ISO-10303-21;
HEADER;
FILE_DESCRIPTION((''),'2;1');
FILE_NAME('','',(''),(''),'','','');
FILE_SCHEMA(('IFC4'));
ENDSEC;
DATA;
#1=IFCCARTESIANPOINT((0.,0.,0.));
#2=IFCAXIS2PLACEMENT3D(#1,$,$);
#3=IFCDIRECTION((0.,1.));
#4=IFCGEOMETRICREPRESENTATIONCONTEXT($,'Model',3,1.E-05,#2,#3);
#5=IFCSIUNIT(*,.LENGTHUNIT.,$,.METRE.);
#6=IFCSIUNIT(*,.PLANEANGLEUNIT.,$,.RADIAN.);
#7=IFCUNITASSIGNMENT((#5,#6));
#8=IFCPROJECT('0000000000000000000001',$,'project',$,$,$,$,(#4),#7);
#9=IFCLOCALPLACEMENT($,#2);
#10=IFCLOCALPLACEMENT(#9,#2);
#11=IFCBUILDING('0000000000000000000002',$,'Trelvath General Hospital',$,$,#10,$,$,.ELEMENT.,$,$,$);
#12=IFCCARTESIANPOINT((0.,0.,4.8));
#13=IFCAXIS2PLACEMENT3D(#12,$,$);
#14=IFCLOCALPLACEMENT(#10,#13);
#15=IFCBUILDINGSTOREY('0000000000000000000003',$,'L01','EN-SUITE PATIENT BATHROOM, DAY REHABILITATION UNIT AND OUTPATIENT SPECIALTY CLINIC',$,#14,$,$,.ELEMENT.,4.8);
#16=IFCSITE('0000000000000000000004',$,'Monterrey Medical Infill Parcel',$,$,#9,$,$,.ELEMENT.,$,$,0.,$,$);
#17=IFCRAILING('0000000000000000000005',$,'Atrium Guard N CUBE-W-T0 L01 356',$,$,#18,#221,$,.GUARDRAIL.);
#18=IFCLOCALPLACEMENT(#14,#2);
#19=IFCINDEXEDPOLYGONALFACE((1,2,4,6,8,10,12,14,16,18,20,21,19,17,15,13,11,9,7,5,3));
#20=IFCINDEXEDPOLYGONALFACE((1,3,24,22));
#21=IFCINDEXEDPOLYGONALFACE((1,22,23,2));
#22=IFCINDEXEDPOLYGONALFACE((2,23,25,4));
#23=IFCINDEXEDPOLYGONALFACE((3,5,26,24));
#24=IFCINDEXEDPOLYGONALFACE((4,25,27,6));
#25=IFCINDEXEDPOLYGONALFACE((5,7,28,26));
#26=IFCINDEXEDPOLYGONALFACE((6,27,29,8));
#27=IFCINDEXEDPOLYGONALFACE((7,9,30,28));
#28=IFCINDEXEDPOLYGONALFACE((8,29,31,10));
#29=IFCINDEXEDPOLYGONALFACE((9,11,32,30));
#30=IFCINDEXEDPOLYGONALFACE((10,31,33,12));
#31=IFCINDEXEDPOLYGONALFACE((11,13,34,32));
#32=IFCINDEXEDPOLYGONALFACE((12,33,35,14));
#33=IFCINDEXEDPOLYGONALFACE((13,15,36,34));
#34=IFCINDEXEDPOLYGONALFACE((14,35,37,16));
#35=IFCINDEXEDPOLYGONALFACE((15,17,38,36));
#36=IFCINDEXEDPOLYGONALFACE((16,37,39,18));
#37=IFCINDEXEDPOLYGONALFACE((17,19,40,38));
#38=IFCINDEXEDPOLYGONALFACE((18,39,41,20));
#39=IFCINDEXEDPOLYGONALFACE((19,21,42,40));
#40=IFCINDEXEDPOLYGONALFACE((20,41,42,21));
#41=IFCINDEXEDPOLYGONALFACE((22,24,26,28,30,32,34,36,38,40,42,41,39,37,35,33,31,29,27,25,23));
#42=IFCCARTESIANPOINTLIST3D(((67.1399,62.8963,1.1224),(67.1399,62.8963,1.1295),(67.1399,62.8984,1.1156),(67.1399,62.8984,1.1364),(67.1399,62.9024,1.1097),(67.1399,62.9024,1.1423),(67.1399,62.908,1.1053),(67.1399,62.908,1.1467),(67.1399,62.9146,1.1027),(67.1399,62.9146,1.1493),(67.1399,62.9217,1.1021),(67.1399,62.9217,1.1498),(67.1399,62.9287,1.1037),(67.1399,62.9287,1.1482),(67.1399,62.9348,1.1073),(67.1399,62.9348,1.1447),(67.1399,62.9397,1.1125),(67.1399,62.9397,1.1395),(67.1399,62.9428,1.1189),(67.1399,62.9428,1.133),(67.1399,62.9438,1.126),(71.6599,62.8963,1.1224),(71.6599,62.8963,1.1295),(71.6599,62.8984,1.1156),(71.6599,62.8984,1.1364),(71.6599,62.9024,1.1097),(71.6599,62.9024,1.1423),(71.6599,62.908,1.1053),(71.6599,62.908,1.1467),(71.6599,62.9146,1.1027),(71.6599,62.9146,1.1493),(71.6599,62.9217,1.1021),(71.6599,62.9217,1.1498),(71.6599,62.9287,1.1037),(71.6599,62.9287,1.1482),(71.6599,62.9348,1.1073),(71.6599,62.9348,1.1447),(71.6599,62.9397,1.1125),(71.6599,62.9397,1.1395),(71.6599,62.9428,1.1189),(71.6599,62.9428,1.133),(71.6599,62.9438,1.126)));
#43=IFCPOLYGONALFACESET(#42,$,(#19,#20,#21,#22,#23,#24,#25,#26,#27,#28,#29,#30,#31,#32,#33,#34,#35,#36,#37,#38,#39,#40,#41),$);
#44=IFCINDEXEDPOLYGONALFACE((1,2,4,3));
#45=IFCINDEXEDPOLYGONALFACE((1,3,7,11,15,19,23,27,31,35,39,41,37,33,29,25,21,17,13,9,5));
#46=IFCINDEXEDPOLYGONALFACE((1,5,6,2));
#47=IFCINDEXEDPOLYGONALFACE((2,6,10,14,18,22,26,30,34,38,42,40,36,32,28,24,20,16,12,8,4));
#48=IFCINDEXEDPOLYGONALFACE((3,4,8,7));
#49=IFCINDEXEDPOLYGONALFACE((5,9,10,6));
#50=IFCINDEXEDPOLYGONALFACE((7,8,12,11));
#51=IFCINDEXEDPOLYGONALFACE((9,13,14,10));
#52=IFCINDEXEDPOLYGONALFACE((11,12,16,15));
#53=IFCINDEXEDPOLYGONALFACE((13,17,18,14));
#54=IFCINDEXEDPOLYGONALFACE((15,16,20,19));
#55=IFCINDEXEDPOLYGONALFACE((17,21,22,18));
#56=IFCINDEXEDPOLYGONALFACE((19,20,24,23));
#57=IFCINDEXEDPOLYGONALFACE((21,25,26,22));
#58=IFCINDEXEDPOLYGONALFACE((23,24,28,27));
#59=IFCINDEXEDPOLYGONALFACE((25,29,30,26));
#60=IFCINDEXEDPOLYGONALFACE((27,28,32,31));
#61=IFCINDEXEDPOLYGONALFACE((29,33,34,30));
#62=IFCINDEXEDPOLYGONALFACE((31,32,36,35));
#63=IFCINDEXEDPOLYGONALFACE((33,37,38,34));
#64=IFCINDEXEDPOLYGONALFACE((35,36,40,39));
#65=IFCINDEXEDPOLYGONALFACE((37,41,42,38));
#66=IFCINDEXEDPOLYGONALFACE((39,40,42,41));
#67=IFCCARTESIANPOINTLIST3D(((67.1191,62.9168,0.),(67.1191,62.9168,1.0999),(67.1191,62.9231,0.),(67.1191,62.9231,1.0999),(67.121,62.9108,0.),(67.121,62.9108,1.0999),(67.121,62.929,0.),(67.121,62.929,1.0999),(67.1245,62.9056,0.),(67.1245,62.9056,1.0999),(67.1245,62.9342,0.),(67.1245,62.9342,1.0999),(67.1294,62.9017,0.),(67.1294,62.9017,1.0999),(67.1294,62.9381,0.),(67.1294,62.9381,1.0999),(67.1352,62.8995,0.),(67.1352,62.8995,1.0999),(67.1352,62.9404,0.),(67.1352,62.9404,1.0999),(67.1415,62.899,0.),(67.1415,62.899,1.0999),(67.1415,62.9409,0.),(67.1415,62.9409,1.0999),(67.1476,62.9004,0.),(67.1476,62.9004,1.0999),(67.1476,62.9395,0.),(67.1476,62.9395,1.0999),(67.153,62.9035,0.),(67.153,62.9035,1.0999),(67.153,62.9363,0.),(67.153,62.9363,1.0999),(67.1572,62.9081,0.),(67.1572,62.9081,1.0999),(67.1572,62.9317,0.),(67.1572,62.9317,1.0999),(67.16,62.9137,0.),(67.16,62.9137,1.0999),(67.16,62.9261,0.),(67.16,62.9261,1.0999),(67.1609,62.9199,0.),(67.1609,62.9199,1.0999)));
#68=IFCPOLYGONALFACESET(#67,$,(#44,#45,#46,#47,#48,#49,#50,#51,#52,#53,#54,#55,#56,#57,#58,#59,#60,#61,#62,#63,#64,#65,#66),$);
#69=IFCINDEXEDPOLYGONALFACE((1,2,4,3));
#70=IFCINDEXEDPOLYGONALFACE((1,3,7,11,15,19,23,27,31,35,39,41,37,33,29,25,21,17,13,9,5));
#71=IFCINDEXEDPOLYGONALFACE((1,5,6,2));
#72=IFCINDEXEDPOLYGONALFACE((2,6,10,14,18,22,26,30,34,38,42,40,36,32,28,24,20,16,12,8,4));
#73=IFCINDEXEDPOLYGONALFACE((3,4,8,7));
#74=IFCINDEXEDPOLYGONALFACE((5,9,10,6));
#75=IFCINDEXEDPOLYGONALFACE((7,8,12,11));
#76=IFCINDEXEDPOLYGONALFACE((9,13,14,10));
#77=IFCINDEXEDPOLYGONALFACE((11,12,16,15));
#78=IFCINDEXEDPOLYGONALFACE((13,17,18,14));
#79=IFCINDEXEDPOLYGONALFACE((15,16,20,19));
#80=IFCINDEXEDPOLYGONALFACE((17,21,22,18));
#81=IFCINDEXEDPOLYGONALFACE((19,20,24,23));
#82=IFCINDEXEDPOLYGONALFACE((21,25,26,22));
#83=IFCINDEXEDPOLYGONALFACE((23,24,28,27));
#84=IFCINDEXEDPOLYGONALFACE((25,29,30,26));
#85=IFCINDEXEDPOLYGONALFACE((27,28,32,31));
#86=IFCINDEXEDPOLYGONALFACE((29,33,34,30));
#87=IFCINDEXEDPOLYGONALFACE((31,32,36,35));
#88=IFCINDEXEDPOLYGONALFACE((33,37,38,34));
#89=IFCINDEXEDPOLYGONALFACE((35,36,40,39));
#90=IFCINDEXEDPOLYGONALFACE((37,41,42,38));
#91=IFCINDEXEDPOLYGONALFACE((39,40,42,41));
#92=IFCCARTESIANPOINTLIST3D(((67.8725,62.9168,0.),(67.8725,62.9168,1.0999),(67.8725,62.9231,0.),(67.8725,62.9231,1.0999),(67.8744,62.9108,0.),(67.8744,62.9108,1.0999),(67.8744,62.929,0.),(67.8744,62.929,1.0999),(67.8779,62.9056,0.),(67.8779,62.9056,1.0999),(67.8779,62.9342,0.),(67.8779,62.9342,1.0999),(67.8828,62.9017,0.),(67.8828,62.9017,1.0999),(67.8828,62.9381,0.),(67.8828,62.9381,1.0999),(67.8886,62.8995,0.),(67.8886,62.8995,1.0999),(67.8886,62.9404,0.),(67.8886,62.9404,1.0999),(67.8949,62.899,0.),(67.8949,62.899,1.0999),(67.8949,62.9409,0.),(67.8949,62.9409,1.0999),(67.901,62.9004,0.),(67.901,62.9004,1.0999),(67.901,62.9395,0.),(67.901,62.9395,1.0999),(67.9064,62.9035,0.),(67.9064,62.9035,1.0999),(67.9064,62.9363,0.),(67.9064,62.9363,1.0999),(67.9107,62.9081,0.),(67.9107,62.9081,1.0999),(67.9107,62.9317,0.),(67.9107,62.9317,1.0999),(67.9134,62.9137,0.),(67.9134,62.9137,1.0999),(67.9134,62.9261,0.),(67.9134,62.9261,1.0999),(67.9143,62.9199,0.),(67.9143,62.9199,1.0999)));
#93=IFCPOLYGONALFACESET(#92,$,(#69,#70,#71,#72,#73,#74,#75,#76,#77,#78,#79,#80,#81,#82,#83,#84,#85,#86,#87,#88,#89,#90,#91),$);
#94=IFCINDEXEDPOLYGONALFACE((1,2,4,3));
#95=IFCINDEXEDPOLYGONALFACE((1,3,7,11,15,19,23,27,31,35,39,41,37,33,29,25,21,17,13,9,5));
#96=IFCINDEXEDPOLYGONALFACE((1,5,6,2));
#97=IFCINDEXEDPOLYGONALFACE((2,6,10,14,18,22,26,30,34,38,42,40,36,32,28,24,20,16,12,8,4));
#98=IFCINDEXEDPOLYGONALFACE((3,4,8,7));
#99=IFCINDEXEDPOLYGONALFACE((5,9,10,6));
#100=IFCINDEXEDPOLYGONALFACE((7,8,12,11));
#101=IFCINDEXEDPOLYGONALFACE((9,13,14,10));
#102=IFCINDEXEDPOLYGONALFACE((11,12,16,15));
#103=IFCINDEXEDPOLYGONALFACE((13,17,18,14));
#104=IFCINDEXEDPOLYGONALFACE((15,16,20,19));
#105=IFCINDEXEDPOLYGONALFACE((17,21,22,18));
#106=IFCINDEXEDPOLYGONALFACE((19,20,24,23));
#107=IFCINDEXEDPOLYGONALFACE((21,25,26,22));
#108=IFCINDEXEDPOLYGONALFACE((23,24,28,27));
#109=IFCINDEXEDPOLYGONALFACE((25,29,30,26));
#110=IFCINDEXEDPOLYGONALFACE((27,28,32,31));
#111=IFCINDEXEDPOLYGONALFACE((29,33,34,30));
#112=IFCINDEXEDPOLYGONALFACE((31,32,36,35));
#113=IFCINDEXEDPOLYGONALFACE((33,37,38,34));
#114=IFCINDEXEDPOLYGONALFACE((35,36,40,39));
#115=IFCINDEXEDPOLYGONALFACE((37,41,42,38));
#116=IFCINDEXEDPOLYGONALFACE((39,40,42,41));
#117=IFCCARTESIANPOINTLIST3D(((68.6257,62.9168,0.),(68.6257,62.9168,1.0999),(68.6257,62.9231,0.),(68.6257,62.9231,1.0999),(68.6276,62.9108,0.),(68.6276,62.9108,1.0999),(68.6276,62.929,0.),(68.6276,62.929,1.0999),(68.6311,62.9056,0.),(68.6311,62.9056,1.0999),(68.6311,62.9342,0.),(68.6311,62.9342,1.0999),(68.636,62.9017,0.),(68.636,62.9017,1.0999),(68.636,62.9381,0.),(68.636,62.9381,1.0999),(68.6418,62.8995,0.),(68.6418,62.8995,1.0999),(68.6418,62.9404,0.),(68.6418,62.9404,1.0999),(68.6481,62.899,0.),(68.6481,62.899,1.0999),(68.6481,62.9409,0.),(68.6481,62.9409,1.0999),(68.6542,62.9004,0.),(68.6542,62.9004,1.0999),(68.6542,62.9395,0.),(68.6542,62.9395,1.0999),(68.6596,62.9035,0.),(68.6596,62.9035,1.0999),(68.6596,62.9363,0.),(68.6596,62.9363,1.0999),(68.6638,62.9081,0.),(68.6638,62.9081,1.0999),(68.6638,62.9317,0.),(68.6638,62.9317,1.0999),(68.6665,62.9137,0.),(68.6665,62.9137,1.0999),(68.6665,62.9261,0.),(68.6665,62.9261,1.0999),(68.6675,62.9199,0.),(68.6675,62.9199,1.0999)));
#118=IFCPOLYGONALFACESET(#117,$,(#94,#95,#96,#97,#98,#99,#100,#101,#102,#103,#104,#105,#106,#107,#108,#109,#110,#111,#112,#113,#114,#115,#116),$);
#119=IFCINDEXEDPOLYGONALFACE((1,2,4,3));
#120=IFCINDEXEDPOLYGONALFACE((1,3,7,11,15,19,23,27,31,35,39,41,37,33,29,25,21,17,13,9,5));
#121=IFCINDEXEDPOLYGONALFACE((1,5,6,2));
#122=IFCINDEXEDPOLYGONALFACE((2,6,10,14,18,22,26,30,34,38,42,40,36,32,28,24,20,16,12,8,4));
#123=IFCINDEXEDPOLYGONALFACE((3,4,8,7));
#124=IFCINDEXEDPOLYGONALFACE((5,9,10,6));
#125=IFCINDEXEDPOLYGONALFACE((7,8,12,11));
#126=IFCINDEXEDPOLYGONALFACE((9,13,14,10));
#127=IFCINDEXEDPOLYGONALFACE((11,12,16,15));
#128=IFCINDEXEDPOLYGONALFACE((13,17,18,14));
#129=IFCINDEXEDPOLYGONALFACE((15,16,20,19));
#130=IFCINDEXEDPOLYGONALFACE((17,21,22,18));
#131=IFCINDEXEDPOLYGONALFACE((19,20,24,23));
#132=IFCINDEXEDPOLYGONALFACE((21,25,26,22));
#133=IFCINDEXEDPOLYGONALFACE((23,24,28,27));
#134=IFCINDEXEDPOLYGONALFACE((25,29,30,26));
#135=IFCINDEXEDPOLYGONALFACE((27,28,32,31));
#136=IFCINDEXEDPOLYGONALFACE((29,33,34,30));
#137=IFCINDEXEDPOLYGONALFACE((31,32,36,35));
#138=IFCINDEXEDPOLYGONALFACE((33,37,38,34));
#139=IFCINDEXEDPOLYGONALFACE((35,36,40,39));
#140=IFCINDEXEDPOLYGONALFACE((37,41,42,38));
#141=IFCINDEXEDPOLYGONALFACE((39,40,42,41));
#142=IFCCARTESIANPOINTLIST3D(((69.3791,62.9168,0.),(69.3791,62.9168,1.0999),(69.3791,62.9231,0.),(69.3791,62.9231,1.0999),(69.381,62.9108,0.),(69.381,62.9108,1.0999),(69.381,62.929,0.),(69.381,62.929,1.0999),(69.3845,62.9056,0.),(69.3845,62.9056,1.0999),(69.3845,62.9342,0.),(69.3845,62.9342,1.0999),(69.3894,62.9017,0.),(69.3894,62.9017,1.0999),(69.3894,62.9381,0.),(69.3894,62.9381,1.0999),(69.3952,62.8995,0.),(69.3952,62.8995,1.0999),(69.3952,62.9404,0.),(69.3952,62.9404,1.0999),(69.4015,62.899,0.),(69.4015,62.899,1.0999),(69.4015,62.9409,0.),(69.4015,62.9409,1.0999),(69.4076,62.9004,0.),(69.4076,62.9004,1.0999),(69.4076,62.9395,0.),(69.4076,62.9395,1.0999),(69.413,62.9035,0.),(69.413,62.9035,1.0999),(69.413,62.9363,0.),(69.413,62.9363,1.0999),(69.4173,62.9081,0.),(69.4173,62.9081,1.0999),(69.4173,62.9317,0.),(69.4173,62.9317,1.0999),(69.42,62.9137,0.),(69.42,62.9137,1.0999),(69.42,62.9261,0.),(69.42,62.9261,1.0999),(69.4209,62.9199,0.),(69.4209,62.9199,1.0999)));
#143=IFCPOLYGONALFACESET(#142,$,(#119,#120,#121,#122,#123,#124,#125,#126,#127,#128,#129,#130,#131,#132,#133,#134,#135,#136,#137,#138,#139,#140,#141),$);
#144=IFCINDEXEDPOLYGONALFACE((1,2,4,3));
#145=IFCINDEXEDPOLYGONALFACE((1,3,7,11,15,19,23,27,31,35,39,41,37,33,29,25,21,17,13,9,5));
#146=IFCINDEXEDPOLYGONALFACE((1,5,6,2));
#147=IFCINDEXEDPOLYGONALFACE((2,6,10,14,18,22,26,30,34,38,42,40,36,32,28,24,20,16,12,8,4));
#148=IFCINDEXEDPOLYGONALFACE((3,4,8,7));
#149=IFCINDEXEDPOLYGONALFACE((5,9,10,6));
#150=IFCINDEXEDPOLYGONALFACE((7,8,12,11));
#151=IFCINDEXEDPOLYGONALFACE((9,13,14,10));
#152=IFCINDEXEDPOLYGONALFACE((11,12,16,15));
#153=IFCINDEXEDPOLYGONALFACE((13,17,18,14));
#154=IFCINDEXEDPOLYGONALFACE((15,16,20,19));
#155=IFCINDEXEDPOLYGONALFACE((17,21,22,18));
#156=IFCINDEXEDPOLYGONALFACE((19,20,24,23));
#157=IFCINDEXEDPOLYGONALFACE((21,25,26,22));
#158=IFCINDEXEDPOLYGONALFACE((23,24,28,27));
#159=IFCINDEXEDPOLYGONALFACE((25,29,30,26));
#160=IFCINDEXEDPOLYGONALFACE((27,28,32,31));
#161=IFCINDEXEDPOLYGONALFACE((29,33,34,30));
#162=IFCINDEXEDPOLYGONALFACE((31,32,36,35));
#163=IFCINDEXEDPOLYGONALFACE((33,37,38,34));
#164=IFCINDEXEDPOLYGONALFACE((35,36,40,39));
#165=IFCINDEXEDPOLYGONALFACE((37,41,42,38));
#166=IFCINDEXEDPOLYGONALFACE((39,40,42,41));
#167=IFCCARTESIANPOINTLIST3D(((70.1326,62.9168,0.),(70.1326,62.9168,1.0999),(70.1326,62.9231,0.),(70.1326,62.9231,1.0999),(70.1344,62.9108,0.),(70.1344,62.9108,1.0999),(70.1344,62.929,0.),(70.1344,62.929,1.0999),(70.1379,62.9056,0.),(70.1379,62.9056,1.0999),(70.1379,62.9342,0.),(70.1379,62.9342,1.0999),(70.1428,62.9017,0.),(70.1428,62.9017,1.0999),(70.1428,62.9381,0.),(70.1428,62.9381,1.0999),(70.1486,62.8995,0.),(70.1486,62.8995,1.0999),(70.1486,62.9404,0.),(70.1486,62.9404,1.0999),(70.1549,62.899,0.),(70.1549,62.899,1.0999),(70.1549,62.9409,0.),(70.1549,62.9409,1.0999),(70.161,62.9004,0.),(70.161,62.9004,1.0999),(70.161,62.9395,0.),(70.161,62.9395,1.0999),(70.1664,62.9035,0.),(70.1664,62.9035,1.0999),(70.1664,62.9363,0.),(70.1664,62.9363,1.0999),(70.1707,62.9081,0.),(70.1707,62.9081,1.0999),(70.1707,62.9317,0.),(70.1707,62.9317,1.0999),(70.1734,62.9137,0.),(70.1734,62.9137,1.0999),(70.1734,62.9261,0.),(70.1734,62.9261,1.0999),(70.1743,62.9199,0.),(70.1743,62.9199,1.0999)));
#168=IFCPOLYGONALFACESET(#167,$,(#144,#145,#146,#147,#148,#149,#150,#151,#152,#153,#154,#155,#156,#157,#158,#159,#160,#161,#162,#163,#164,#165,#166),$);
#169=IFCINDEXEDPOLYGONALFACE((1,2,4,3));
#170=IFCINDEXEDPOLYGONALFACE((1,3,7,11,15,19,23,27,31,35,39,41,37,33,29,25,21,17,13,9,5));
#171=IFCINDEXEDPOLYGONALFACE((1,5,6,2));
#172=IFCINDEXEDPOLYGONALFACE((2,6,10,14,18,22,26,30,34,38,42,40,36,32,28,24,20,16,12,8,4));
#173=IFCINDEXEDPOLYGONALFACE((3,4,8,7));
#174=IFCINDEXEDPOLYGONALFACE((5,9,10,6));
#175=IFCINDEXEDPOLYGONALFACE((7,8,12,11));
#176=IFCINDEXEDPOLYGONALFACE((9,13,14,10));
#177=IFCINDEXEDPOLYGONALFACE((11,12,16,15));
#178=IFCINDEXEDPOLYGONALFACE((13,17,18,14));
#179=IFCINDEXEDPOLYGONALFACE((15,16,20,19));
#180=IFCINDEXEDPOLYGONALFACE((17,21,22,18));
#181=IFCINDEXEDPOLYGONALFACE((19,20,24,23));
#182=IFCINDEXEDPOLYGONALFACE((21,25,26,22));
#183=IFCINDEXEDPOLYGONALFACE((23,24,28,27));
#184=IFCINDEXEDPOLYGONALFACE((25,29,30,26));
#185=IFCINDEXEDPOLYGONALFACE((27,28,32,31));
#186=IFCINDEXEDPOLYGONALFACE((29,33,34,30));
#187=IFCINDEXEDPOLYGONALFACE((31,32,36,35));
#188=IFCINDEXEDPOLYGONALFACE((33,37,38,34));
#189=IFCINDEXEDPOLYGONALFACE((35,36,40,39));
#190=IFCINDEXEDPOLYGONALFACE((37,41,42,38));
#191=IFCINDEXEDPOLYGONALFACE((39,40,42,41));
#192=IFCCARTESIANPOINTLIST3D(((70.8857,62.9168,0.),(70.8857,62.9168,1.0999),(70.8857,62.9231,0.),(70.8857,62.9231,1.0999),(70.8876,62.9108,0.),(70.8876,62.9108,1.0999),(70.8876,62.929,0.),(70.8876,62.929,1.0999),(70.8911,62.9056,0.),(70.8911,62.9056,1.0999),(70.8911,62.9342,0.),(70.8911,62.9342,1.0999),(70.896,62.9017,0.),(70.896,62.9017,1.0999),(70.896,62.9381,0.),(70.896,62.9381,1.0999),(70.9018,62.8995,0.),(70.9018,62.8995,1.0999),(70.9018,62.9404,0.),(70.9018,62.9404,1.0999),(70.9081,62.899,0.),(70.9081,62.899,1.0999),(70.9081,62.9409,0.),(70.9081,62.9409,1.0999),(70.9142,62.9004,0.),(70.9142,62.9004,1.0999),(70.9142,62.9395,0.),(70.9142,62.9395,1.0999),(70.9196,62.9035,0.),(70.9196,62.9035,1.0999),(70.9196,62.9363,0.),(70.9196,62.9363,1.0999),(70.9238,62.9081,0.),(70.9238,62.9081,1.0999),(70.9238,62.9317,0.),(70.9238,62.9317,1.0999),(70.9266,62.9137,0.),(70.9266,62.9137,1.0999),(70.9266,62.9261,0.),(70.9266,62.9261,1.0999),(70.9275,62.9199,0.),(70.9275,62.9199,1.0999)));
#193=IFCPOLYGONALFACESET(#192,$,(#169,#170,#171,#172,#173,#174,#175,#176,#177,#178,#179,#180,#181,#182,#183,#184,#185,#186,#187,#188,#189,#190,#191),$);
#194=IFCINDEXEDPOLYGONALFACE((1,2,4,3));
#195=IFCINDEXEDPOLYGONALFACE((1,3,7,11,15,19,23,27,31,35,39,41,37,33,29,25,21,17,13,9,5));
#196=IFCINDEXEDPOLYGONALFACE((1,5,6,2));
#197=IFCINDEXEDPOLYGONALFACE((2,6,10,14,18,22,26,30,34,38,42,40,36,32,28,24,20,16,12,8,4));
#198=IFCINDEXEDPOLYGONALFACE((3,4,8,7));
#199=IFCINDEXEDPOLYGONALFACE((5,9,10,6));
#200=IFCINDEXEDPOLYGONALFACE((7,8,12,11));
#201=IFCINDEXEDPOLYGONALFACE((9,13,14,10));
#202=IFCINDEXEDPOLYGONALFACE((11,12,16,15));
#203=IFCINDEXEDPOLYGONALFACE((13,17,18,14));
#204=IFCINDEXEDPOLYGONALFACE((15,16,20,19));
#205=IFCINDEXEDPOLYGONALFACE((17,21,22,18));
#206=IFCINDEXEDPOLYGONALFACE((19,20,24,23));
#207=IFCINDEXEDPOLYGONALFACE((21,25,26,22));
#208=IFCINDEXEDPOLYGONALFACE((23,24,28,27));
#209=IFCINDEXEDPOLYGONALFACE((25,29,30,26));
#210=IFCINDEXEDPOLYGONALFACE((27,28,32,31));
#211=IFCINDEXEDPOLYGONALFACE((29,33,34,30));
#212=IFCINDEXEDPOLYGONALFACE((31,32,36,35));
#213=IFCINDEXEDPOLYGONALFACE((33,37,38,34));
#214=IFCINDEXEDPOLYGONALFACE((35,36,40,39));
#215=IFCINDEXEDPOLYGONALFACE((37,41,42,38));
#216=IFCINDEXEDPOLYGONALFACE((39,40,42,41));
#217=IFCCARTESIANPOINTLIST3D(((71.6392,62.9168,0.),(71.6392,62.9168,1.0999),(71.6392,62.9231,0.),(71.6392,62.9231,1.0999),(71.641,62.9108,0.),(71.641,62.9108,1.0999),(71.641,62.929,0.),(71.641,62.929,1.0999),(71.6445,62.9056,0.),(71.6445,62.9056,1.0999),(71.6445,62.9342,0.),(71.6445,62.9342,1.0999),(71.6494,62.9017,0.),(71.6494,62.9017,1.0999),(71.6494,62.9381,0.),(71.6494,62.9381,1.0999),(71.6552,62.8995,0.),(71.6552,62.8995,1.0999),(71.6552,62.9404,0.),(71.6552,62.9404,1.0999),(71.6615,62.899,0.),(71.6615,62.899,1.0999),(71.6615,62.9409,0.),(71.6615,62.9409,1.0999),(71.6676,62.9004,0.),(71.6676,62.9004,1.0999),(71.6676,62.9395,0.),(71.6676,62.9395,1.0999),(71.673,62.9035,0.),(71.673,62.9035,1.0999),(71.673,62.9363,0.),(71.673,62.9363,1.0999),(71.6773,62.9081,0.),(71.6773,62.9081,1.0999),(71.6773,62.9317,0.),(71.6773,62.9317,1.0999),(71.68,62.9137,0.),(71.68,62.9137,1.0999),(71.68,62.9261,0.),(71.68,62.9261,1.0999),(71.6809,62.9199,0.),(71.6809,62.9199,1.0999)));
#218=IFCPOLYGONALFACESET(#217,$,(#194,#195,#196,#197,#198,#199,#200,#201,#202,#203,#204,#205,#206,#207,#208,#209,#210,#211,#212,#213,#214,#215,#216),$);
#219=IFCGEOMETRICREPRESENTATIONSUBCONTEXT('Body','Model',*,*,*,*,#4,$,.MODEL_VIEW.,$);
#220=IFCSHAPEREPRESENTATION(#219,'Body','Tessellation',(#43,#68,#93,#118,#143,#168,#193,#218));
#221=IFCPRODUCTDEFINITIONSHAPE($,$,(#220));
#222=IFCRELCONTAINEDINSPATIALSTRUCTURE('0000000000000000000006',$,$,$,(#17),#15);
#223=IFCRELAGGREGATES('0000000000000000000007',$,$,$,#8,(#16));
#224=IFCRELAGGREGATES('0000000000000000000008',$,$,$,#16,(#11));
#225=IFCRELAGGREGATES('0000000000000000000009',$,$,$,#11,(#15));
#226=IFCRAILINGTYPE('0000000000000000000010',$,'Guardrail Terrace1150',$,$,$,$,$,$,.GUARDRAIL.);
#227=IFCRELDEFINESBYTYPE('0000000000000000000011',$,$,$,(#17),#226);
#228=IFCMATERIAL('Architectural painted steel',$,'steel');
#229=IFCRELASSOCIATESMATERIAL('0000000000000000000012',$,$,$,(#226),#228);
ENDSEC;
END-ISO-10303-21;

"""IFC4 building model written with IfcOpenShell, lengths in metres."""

from ifc_helpers import new_model, si_unit, direction, frame, origin, origin_2d, place, context, subcontext, project, spatial, circle, extrude, material, type_object, element, save


model = new_model("IFC4")

# Units and contexts
model_context = context("Model", 3, precision=1e-05, world=origin(), true_north=direction((0.0, 1.0)))
body_context = subcontext(model_context, "Body", "Model", "MODEL_VIEW")
ifc_project = project(units=[si_unit("LENGTHUNIT", "METRE"), si_unit("PLANEANGLEUNIT", "RADIAN")], contexts=[model_context])

# Site, building, storey
site_placement = place(None, origin())
site = spatial("IfcSite", under=ifc_project, at=site_placement, Name="Monterrey Medical Infill Parcel", CompositionType="ELEMENT", RefElevation=0.0)
building_placement = place(site_placement, origin())
building = spatial("IfcBuilding", under=site, at=building_placement, Name="Trelvath General Hospital", CompositionType="ELEMENT")
storey_placement = place(building_placement, frame((0.0, 0.0, 4.8)))
storey = spatial("IfcBuildingStorey", under=building, at=storey_placement, Name="L01", Description="EN-SUITE PATIENT BATHROOM, DAY REHABILITATION UNIT AND OUTPATIENT SPECIALTY CLINIC", CompositionType="ELEMENT", Elevation=4.8)

# Railing
ifc_material_1 = material(Name="Architectural painted steel", Category="steel")
railing_type = type_object("IfcRailingType", Name="Guardrail Terrace1150", PredefinedType="GUARDRAIL", material=ifc_material_1)
railing_1_placement = place(storey_placement, frame((67.1399, 62.9199, 0.0)))
element("IfcRailing", 1, at=railing_1_placement, inside=storey, type_object=railing_type, Name="Atrium Guard N CUBE-W-T0 L01 356", PredefinedType="GUARDRAIL", context=body_context, shape_type="SweptSolid", body=[
    extrude(circle(Radius=0.0239, at=origin_2d()), frame((0.0, 0.0, 1.126), z_axis=(1.0, 0.0, 0.0), x_axis=(0.0, 1.0, 0.0)), (0.0, 0.0, 1.0), 4.52),
    extrude(circle(Radius=0.021, at=origin_2d()), origin(), (0.0, 0.0, 1.0), 1.0999),
    extrude(circle(Radius=0.021, at=origin_2d()), frame((0.7534, 0.0, 0.0)), (0.0, 0.0, 1.0), 1.0999),
    extrude(circle(Radius=0.021, at=origin_2d()), frame((1.5066, 0.0, 0.0)), (0.0, 0.0, 1.0), 1.0999),
    extrude(circle(Radius=0.021, at=origin_2d()), frame((2.26, 0.0, 0.0)), (0.0, 0.0, 1.0), 1.0999),
    extrude(circle(Radius=0.021, at=origin_2d()), frame((3.0134, 0.0, 0.0)), (0.0, 0.0, 1.0), 1.0999),
    extrude(circle(Radius=0.021, at=origin_2d()), frame((3.7666, 0.0, 0.0)), (0.0, 0.0, 1.0), 1.0999),
    extrude(circle(Radius=0.021, at=origin_2d()), frame((4.52, 0.0, 0.0)), (0.0, 0.0, 1.0), 1.0999),
])

save(model, "model.ifc")
